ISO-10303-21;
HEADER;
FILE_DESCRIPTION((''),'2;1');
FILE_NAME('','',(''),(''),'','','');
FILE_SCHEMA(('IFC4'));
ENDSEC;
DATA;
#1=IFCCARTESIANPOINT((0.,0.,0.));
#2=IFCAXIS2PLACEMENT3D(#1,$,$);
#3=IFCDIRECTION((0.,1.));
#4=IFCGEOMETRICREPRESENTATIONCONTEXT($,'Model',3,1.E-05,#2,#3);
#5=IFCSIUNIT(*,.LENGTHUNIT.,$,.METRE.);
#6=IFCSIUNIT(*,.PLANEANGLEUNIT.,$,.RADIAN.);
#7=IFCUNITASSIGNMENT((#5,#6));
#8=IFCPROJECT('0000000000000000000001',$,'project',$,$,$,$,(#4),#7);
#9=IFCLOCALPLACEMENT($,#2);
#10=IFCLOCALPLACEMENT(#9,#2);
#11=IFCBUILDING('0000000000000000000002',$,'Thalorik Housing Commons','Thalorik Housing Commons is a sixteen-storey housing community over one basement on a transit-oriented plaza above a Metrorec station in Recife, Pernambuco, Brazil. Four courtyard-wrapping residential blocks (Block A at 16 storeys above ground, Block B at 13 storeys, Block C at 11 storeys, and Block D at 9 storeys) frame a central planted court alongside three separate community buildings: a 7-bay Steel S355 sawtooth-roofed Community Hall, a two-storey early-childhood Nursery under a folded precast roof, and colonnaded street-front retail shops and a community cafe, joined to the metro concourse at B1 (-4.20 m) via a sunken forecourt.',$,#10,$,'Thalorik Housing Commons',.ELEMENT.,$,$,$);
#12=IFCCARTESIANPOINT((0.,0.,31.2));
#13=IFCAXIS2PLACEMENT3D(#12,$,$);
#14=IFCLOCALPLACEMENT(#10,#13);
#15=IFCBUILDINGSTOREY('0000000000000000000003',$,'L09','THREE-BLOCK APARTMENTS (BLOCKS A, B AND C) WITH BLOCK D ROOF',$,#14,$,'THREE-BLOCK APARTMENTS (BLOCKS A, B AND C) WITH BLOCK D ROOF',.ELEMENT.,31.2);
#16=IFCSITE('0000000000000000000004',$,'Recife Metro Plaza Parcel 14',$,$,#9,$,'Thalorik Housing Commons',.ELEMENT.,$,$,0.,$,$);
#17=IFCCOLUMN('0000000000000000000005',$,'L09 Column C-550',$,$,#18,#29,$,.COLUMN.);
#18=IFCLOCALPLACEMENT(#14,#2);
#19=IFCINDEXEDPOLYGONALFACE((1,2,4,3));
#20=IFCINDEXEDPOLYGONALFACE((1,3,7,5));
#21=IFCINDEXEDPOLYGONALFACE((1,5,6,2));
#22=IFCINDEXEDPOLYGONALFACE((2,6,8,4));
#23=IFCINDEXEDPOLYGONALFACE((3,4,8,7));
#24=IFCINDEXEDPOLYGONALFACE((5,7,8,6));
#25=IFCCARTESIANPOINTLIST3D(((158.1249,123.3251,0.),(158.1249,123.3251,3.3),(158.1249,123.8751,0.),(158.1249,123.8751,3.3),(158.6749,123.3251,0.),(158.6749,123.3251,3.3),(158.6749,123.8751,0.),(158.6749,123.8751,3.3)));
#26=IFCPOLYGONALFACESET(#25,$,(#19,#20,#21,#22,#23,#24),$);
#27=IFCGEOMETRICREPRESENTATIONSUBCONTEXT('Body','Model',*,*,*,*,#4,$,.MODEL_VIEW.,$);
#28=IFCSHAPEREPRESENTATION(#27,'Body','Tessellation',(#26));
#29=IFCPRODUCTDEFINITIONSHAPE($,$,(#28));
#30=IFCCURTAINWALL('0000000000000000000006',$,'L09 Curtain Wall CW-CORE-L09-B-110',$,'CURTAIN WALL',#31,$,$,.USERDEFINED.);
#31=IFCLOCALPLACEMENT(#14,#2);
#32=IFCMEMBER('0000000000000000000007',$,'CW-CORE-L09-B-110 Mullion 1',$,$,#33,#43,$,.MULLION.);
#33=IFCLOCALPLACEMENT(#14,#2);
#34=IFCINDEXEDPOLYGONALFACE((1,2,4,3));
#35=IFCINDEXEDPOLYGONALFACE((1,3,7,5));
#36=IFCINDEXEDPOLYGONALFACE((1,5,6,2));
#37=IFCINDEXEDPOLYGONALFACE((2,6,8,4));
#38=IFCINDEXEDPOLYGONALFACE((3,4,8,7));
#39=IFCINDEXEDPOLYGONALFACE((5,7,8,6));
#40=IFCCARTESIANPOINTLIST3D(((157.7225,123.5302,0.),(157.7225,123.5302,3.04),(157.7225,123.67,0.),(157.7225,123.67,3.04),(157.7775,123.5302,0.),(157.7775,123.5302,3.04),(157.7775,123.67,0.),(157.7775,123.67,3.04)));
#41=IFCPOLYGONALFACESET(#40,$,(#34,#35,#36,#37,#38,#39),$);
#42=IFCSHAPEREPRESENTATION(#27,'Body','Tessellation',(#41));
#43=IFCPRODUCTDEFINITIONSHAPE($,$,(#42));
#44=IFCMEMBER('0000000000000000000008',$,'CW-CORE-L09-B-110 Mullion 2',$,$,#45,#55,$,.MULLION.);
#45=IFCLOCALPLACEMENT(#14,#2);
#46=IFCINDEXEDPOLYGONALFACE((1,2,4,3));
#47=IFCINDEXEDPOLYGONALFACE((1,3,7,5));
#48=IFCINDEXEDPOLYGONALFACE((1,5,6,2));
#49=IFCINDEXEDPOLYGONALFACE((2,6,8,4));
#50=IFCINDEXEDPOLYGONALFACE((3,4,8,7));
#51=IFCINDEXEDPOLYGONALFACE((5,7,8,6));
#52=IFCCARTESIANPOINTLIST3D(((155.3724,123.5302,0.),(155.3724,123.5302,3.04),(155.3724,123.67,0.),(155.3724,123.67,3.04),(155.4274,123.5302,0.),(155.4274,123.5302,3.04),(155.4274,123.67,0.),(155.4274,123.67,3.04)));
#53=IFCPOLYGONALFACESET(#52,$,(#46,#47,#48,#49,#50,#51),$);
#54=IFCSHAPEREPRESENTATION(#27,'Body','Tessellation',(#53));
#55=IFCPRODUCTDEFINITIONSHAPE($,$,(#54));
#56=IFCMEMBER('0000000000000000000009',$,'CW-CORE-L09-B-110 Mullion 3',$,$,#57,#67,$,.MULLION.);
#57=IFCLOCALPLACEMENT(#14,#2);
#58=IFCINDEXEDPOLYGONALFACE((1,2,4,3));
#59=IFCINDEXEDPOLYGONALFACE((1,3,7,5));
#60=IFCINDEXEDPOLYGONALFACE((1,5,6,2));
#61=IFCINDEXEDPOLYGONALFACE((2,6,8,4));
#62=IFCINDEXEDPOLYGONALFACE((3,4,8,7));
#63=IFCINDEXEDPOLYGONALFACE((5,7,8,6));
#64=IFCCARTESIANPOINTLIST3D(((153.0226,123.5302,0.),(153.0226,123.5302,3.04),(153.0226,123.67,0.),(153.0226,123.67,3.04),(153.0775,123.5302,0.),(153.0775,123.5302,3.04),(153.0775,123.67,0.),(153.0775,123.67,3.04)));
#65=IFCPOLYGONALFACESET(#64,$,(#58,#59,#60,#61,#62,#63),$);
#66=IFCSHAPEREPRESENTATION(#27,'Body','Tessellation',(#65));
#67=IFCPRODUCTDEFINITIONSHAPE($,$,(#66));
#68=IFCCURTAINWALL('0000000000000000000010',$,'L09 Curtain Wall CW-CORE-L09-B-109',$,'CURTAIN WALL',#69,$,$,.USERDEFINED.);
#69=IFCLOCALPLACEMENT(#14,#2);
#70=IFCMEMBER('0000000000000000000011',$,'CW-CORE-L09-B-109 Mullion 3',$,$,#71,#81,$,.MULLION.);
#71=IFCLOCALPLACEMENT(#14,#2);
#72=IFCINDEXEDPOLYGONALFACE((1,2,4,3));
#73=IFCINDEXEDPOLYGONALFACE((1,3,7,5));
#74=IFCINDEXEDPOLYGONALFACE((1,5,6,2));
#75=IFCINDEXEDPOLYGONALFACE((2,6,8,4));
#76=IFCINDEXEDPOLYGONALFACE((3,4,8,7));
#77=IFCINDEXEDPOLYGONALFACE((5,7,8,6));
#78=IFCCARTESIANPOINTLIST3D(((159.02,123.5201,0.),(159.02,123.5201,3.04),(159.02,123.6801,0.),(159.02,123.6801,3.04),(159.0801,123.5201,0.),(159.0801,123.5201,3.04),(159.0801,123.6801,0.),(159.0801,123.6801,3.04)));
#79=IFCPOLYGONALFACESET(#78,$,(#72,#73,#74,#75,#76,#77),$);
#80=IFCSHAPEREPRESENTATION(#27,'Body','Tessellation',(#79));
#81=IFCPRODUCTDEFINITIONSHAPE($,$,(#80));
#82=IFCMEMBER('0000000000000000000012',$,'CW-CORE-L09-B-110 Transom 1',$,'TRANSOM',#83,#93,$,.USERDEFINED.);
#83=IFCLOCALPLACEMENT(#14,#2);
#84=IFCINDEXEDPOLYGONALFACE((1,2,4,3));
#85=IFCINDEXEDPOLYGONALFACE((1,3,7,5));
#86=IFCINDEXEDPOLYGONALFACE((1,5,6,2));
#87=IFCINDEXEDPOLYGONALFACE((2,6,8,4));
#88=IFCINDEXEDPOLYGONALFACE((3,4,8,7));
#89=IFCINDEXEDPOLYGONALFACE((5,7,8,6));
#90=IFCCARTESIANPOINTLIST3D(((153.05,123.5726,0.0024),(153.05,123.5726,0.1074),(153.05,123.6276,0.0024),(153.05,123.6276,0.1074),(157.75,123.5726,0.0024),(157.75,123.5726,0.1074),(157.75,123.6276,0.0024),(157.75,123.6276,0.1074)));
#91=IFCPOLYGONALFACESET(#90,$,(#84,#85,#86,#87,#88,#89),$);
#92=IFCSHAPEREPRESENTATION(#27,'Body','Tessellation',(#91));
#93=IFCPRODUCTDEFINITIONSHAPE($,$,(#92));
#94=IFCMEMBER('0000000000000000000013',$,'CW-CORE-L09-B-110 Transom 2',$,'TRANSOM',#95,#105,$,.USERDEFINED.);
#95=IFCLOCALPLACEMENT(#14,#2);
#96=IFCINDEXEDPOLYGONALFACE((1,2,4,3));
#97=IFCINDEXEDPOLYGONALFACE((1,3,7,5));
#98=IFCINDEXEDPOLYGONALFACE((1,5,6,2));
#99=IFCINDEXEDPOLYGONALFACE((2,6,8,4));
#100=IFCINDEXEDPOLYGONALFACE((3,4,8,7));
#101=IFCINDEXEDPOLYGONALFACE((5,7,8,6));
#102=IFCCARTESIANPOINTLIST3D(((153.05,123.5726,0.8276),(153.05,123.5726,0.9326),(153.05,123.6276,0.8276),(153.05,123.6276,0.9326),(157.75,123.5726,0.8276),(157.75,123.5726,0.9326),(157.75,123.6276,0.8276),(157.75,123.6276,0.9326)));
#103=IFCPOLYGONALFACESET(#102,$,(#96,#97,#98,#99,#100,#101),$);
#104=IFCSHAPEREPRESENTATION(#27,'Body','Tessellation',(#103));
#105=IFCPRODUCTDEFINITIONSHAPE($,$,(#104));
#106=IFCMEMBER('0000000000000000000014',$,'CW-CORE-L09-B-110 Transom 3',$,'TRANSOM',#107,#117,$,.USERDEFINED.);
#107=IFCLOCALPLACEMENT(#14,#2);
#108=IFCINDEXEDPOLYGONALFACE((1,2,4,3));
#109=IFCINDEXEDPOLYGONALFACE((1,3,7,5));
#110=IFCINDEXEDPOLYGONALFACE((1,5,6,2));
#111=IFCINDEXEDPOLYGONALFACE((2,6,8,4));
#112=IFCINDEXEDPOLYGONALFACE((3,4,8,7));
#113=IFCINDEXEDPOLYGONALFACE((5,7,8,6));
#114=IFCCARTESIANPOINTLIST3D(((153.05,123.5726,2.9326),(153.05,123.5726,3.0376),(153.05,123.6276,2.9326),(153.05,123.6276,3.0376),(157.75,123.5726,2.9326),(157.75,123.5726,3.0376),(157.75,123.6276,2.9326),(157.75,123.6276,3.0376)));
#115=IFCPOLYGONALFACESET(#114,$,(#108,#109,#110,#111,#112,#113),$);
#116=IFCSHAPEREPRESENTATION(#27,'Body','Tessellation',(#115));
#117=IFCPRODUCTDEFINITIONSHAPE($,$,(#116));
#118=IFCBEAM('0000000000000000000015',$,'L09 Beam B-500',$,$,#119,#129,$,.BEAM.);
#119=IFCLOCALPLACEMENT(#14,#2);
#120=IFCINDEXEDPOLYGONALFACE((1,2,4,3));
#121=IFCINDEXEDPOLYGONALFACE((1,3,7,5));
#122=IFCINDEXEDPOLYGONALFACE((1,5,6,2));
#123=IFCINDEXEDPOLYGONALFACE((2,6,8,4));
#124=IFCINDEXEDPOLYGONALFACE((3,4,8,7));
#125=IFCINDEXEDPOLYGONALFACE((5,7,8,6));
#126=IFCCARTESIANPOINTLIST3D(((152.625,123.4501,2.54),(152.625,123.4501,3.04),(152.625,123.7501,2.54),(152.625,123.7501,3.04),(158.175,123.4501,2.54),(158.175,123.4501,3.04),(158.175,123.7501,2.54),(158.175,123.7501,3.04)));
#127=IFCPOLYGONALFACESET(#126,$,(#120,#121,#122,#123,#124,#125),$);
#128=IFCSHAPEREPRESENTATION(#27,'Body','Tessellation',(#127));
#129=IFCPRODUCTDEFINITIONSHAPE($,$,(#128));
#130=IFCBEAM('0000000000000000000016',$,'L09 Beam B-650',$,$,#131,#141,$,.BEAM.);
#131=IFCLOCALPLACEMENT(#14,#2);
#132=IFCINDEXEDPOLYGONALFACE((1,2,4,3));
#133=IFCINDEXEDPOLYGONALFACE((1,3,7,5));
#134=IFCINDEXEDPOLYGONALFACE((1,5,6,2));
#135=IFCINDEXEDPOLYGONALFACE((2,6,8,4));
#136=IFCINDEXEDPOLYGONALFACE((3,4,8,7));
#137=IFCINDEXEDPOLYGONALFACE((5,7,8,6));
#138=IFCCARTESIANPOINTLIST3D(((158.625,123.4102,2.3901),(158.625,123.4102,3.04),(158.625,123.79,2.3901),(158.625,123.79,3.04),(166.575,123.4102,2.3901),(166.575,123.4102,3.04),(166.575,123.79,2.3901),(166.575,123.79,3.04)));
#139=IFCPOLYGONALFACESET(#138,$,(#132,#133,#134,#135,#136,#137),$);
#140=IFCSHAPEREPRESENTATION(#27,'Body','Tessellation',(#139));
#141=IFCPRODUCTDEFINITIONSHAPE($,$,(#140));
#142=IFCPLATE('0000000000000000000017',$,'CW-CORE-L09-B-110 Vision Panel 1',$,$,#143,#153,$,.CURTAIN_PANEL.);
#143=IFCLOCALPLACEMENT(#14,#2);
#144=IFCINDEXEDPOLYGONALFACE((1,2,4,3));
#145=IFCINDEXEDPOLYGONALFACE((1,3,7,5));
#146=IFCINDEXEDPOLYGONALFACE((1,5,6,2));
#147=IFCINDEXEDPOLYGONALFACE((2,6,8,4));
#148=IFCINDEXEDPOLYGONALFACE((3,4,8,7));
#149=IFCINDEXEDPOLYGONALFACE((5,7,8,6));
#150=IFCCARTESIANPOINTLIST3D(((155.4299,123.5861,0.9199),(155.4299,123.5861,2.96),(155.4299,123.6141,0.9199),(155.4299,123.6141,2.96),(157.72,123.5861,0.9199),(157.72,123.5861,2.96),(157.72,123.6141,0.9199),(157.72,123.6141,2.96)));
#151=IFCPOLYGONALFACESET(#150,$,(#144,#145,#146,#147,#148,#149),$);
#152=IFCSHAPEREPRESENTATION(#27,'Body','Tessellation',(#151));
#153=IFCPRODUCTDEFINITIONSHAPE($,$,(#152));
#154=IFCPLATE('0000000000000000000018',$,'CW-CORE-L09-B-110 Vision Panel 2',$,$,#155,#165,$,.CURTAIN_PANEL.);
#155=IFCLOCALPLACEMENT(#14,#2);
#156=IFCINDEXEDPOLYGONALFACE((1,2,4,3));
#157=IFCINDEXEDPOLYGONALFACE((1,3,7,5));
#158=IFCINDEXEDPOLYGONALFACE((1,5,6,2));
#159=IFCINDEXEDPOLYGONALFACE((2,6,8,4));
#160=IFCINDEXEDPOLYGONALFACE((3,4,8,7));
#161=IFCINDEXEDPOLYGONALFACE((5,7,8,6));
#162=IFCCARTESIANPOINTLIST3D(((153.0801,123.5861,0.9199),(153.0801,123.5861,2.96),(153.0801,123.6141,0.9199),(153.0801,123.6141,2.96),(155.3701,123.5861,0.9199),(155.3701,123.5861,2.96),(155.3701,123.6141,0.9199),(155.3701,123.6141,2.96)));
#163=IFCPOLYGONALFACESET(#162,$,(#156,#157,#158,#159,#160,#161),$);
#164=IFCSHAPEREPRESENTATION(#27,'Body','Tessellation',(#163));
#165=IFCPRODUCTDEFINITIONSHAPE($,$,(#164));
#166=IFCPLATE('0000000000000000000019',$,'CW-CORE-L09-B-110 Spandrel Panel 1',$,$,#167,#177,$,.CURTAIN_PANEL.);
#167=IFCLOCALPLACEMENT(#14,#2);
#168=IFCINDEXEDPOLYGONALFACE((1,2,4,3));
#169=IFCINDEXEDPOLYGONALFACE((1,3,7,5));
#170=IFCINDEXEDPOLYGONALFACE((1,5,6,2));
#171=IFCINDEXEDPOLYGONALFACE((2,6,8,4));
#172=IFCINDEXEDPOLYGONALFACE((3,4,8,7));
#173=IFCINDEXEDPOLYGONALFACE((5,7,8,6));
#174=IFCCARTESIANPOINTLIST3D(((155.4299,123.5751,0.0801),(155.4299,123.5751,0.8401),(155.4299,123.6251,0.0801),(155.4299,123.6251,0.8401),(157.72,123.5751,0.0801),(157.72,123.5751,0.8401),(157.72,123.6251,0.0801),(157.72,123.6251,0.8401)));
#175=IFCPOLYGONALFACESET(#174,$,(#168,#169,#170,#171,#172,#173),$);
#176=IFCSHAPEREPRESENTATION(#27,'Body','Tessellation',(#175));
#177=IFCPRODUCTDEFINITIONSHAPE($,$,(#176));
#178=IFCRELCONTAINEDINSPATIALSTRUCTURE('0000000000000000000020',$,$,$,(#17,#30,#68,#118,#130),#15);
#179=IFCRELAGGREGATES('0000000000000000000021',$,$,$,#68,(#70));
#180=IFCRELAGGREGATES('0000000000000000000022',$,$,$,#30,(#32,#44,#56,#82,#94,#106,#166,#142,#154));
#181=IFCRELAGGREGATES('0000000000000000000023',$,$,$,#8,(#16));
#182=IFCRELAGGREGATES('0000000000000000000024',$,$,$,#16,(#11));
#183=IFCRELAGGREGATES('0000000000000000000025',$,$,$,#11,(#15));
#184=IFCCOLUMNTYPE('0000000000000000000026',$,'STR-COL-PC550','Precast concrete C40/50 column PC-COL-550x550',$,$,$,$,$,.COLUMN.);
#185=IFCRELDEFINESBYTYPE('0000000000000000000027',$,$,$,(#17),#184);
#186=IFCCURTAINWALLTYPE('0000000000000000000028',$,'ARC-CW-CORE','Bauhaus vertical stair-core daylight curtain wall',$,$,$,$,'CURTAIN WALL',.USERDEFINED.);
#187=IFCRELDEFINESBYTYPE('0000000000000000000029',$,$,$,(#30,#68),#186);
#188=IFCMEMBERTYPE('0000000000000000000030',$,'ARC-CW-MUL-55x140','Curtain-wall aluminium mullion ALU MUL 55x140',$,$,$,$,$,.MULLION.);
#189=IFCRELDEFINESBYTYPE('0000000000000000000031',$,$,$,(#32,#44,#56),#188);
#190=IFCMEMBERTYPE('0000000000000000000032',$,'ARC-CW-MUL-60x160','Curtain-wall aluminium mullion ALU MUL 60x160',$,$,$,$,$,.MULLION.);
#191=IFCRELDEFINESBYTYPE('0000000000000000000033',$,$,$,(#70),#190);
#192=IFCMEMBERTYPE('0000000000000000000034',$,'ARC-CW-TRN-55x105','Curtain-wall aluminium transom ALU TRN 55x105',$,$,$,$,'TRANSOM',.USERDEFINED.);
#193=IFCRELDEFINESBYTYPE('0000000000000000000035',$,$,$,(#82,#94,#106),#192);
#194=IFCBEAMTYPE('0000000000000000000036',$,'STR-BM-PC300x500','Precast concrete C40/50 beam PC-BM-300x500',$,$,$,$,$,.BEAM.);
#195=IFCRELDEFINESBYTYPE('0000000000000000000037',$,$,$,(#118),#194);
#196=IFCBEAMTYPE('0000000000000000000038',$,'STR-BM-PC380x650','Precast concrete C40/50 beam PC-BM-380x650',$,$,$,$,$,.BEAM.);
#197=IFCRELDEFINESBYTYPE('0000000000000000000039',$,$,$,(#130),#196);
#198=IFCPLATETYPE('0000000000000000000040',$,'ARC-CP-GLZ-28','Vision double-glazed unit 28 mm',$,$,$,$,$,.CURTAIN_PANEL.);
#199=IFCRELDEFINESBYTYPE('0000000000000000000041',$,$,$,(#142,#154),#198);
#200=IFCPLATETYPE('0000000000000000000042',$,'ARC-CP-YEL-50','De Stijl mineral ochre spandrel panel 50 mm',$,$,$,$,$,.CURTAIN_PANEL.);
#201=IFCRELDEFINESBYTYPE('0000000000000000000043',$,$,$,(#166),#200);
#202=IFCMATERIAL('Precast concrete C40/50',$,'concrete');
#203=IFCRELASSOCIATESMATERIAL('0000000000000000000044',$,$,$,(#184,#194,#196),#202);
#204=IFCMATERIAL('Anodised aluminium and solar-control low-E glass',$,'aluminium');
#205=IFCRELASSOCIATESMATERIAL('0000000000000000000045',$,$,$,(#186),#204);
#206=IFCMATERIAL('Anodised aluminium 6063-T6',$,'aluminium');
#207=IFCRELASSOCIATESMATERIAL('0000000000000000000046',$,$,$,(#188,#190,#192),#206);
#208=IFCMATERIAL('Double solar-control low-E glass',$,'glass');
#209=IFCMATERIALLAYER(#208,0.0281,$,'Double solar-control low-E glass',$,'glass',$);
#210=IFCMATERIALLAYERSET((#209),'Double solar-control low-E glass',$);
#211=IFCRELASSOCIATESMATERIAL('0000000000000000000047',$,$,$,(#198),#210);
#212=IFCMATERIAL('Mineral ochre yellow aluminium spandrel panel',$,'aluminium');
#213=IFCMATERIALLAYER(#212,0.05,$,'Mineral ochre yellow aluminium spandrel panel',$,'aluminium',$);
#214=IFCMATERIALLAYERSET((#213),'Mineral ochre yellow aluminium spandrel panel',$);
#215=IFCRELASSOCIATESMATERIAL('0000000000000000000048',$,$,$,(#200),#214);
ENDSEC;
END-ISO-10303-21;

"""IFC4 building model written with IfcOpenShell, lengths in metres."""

from ifc_helpers import new_model, si_unit, direction, frame, origin, origin_2d, place, context, subcontext, project, spatial, rectangle, extrude, material, layer, layer_set, material_profile, profile_set, type_object, element, aggregate, save


model = new_model("IFC4")

# Units and contexts
model_context = context("Model", 3, precision=1e-05, world=origin(), true_north=direction((0.0, 1.0)))
body_context = subcontext(model_context, "Body", "Model", "MODEL_VIEW")
ifc_project = project(units=[si_unit("LENGTHUNIT", "METRE"), si_unit("PLANEANGLEUNIT", "RADIAN")], contexts=[model_context])

# Site, building, storey
site_placement = place(None, origin())
site = spatial("IfcSite", under=ifc_project, at=site_placement, Name="Recife Metro Plaza Parcel 14", LongName="Thalorik Housing Commons", CompositionType="ELEMENT", RefElevation=0.0)
building_placement = place(site_placement, origin())
building = spatial("IfcBuilding", under=site, at=building_placement, Name="Thalorik Housing Commons", Description="Thalorik Housing Commons is a sixteen-storey housing community over one basement on a transit-oriented plaza above a Metrorec station in Recife, Pernambuco, Brazil. Four courtyard-wrapping residential blocks (Block A at 16 storeys above ground, Block B at 13 storeys, Block C at 11 storeys, and Block D at 9 storeys) frame a central planted court alongside three separate community buildings: a 7-bay Steel S355 sawtooth-roofed Community Hall, a two-storey early-childhood Nursery under a folded precast roof, and colonnaded street-front retail shops and a community cafe, joined to the metro concourse at B1 (-4.20 m) via a sunken forecourt.", LongName="Thalorik Housing Commons", CompositionType="ELEMENT")
storey_placement = place(building_placement, frame((0.0, 0.0, 31.2)))
storey = spatial("IfcBuildingStorey", under=building, at=storey_placement, Name="L09", Description="THREE-BLOCK APARTMENTS (BLOCKS A, B AND C) WITH BLOCK D ROOF", LongName="THREE-BLOCK APARTMENTS (BLOCKS A, B AND C) WITH BLOCK D ROOF", CompositionType="ELEMENT", Elevation=31.2)

# Column
ifc_material_1 = material(Name="Precast concrete C40/50", Category="concrete")
ifc_material_profile_1 = material_profile(ifc_material_1, rectangle(XDim=0.55, YDim=0.55, at=origin_2d()), Name="PC 550x550", Category="concrete")
ifc_profile_set_1 = profile_set([ifc_material_profile_1], Name="Precast concrete C40/50")
column_type = type_object("IfcColumnType", Name="STR-COL-PC550", Description="Precast concrete C40/50 column PC-COL-550x550", PredefinedType="COLUMN", material=ifc_profile_set_1)
column_placement = place(storey_placement, frame((158.3999, 123.6001, 0.0), z_axis=(0.0, 0.0, 1.0), x_axis=(1.0, 0.0, 0.0)))
element("IfcColumn", 1, at=column_placement, inside=storey, type_object=column_type, Name="L09 Column C-550", PredefinedType="COLUMN", context=body_context, shape_type="SweptSolid", body=[
    extrude(rectangle(XDim=0.55, YDim=0.55, at=origin_2d()), origin(), (0.0, 0.0, 1.0), 3.3),
])

# Curtain wall, members
ifc_material_2 = material(Name="Anodised aluminium and solar-control low-E glass", Category="aluminium")
curtain_wall_type = type_object("IfcCurtainWallType", Name="ARC-CW-CORE", Description="Bauhaus vertical stair-core daylight curtain wall", ElementType="CURTAIN WALL", PredefinedType="USERDEFINED", material=ifc_material_2)
curtain_wall_1_placement = place(storey_placement, origin())
curtain_wall_1 = element("IfcCurtainWall", 2, at=curtain_wall_1_placement, inside=storey, type_object=curtain_wall_type, Name="L09 Curtain Wall CW-CORE-L09-B-110", ObjectType="CURTAIN WALL", PredefinedType="USERDEFINED")
ifc_material_3 = material(Name="Anodised aluminium 6063-T6", Category="aluminium")
ifc_material_profile_2 = material_profile(ifc_material_3, rectangle(XDim=0.0549, YDim=0.1399, at=origin_2d()), Name="ALU MUL 55x140", Category="aluminium")
ifc_profile_set_2 = profile_set([ifc_material_profile_2], Name="Anodised aluminium 6063-T6")
member_type_1 = type_object("IfcMemberType", Name="ARC-CW-MUL-55x140", Description="Curtain-wall aluminium mullion ALU MUL 55x140", PredefinedType="MULLION", material=ifc_profile_set_2)
member_1_placement = place(storey_placement, frame((157.75, 123.6001, 0.0), z_axis=(0.0, 0.0, 1.0), x_axis=(-1.0, 0.0, 0.0)))
member_1 = element("IfcMember", 3, at=member_1_placement, type_object=member_type_1, Name="CW-CORE-L09-B-110 Mullion 1", PredefinedType="MULLION", context=body_context, shape_type="SweptSolid", body=[
    extrude(rectangle(XDim=0.0549, YDim=0.1399, at=origin_2d()), origin(), (0.0, 0.0, 1.0), 3.04),
])
member_2_placement = place(storey_placement, frame((155.3999, 123.6001, 0.0), z_axis=(0.0, 0.0, 1.0), x_axis=(-1.0, 0.0, 0.0)))
member_2 = element("IfcMember", 4, at=member_2_placement, type_object=member_type_1, Name="CW-CORE-L09-B-110 Mullion 2", PredefinedType="MULLION", context=body_context, shape_type="SweptSolid", body=[
    extrude(rectangle(XDim=0.0549, YDim=0.1399, at=origin_2d()), origin(), (0.0, 0.0, 1.0), 3.04),
])
member_3_placement = place(storey_placement, frame((153.05, 123.6001, 0.0), z_axis=(0.0, 0.0, 1.0), x_axis=(-1.0, 0.0, 0.0)))
member_3 = element("IfcMember", 5, at=member_3_placement, type_object=member_type_1, Name="CW-CORE-L09-B-110 Mullion 3", PredefinedType="MULLION", context=body_context, shape_type="SweptSolid", body=[
    extrude(rectangle(XDim=0.0549, YDim=0.1399, at=origin_2d()), origin(), (0.0, 0.0, 1.0), 3.04),
])

# Curtain wall, member
curtain_wall_2_placement = place(storey_placement, origin())
curtain_wall_2 = element("IfcCurtainWall", 6, at=curtain_wall_2_placement, inside=storey, type_object=curtain_wall_type, Name="L09 Curtain Wall CW-CORE-L09-B-109", ObjectType="CURTAIN WALL", PredefinedType="USERDEFINED")
ifc_material_profile_3 = material_profile(ifc_material_3, rectangle(XDim=0.0601, YDim=0.1599, at=origin_2d()), Name="ALU MUL 60x160", Category="aluminium")
ifc_profile_set_3 = profile_set([ifc_material_profile_3], Name="Anodised aluminium 6063-T6")
member_type_2 = type_object("IfcMemberType", Name="ARC-CW-MUL-60x160", Description="Curtain-wall aluminium mullion ALU MUL 60x160", PredefinedType="MULLION", material=ifc_profile_set_3)
member_4_placement = place(storey_placement, frame((159.05, 123.6001, 0.0), z_axis=(0.0, 0.0, 1.0), x_axis=(-1.0, 0.0, 0.0)))
member_4 = element("IfcMember", 7, at=member_4_placement, type_object=member_type_2, Name="CW-CORE-L09-B-109 Mullion 3", PredefinedType="MULLION", context=body_context, shape_type="SweptSolid", body=[
    extrude(rectangle(XDim=0.0601, YDim=0.1599, at=origin_2d()), origin(), (0.0, 0.0, 1.0), 3.04),
])
aggregate(curtain_wall_2, [member_4])

# Members
ifc_material_profile_4 = material_profile(ifc_material_3, rectangle(XDim=0.0549, YDim=0.105, at=origin_2d()), Name="ALU TRN 55x105", Category="aluminium")
ifc_profile_set_4 = profile_set([ifc_material_profile_4], Name="Anodised aluminium 6063-T6")
member_type_3 = type_object("IfcMemberType", Name="ARC-CW-TRN-55x105", Description="Curtain-wall aluminium transom ALU TRN 55x105", ElementType="TRANSOM", PredefinedType="USERDEFINED", material=ifc_profile_set_4)
member_5_placement = place(storey_placement, frame((157.75, 123.6001, 0.0549), z_axis=(-1.0, 0.0, 0.0), x_axis=(0.0, -1.0, 0.0)))
member_5 = element("IfcMember", 8, at=member_5_placement, type_object=member_type_3, Name="CW-CORE-L09-B-110 Transom 1", ObjectType="TRANSOM", PredefinedType="USERDEFINED", context=body_context, shape_type="SweptSolid", body=[
    extrude(rectangle(XDim=0.0549, YDim=0.105, at=origin_2d()), origin(), (0.0, 0.0, 1.0), 4.7),
])
member_6_placement = place(storey_placement, frame((157.75, 123.6001, 0.8801), z_axis=(-1.0, 0.0, 0.0), x_axis=(0.0, -1.0, 0.0)))
member_6 = element("IfcMember", 9, at=member_6_placement, type_object=member_type_3, Name="CW-CORE-L09-B-110 Transom 2", ObjectType="TRANSOM", PredefinedType="USERDEFINED", context=body_context, shape_type="SweptSolid", body=[
    extrude(rectangle(XDim=0.0549, YDim=0.105, at=origin_2d()), origin(), (0.0, 0.0, 1.0), 4.7),
])
member_7_placement = place(storey_placement, frame((157.75, 123.6001, 2.9851), z_axis=(-1.0, 0.0, 0.0), x_axis=(0.0, -1.0, 0.0)))
member_7 = element("IfcMember", 10, at=member_7_placement, type_object=member_type_3, Name="CW-CORE-L09-B-110 Transom 3", ObjectType="TRANSOM", PredefinedType="USERDEFINED", context=body_context, shape_type="SweptSolid", body=[
    extrude(rectangle(XDim=0.0549, YDim=0.105, at=origin_2d()), origin(), (0.0, 0.0, 1.0), 4.7),
])

# Beams
ifc_material_profile_5 = material_profile(ifc_material_1, rectangle(XDim=0.3, YDim=0.5, at=origin_2d()), Name="PC 300x500", Category="concrete")
ifc_profile_set_5 = profile_set([ifc_material_profile_5], Name="Precast concrete C40/50")
beam_type_1 = type_object("IfcBeamType", Name="STR-BM-PC300x500", Description="Precast concrete C40/50 beam PC-BM-300x500", PredefinedType="BEAM", material=ifc_profile_set_5)
beam_1_placement = place(storey_placement, frame((152.625, 123.6001, 2.79), z_axis=(1.0, 0.0, 0.0), x_axis=(0.0, 1.0, 0.0)))
element("IfcBeam", 11, at=beam_1_placement, inside=storey, type_object=beam_type_1, Name="L09 Beam B-500", PredefinedType="BEAM", context=body_context, shape_type="SweptSolid", body=[
    extrude(rectangle(XDim=0.3, YDim=0.5, at=origin_2d()), origin(), (0.0, 0.0, 1.0), 5.55),
])
ifc_material_profile_6 = material_profile(ifc_material_1, rectangle(XDim=0.3799, YDim=0.6499, at=origin_2d()), Name="PC 380x650", Category="concrete")
ifc_profile_set_6 = profile_set([ifc_material_profile_6], Name="Precast concrete C40/50")
beam_type_2 = type_object("IfcBeamType", Name="STR-BM-PC380x650", Description="Precast concrete C40/50 beam PC-BM-380x650", PredefinedType="BEAM", material=ifc_profile_set_6)
beam_2_placement = place(storey_placement, frame((158.625, 123.6001, 2.7151), z_axis=(1.0, 0.0, 0.0), x_axis=(0.0, 1.0, 0.0)))
element("IfcBeam", 12, at=beam_2_placement, inside=storey, type_object=beam_type_2, Name="L09 Beam B-650", PredefinedType="BEAM", context=body_context, shape_type="SweptSolid", body=[
    extrude(rectangle(XDim=0.3799, YDim=0.6499, at=origin_2d()), origin(), (0.0, 0.0, 1.0), 7.95),
])

# Plates
ifc_material_4 = material(Name="Double solar-control low-E glass", Category="glass")
ifc_layer_1 = layer(ifc_material_4, 0.0281, Name="Double solar-control low-E glass", Category="glass")
ifc_layer_set_1 = layer_set([ifc_layer_1], Name="Double solar-control low-E glass")
plate_type_1 = type_object("IfcPlateType", Name="ARC-CP-GLZ-28", Description="Vision double-glazed unit 28 mm", PredefinedType="CURTAIN_PANEL", material=ifc_layer_set_1)
plate_1_placement = place(storey_placement, frame((156.575, 123.6001, 0.9199), z_axis=(0.0, 0.0, 1.0), x_axis=(-1.0, 0.0, 0.0)))
plate_1 = element("IfcPlate", 13, at=plate_1_placement, type_object=plate_type_1, Name="CW-CORE-L09-B-110 Vision Panel 1", PredefinedType="CURTAIN_PANEL", context=body_context, shape_type="SweptSolid", body=[
    extrude(rectangle(XDim=2.29, YDim=0.0281, at=origin_2d()), origin(), (0.0, 0.0, 1.0), 2.04),
])
plate_2_placement = place(storey_placement, frame((154.2251, 123.6001, 0.9199), z_axis=(0.0, 0.0, 1.0), x_axis=(-1.0, 0.0, 0.0)))
plate_2 = element("IfcPlate", 14, at=plate_2_placement, type_object=plate_type_1, Name="CW-CORE-L09-B-110 Vision Panel 2", PredefinedType="CURTAIN_PANEL", context=body_context, shape_type="SweptSolid", body=[
    extrude(rectangle(XDim=2.29, YDim=0.0281, at=origin_2d()), origin(), (0.0, 0.0, 1.0), 2.04),
])
ifc_material_5 = material(Name="Mineral ochre yellow aluminium spandrel panel", Category="aluminium")
ifc_layer_2 = layer(ifc_material_5, 0.05, Name="Mineral ochre yellow aluminium spandrel panel", Category="aluminium")
ifc_layer_set_2 = layer_set([ifc_layer_2], Name="Mineral ochre yellow aluminium spandrel panel")
plate_type_2 = type_object("IfcPlateType", Name="ARC-CP-YEL-50", Description="De Stijl mineral ochre spandrel panel 50 mm", PredefinedType="CURTAIN_PANEL", material=ifc_layer_set_2)
plate_3_placement = place(storey_placement, frame((156.575, 123.6001, 0.0801), z_axis=(0.0, 0.0, 1.0), x_axis=(-1.0, 0.0, 0.0)))
plate_3 = element("IfcPlate", 15, at=plate_3_placement, type_object=plate_type_2, Name="CW-CORE-L09-B-110 Spandrel Panel 1", PredefinedType="CURTAIN_PANEL", context=body_context, shape_type="SweptSolid", body=[
    extrude(rectangle(XDim=2.29, YDim=0.05, at=origin_2d()), origin(), (0.0, 0.0, 1.0), 0.76),
])
aggregate(curtain_wall_1, [member_1, member_2, member_3, member_5, member_6, member_7, plate_3, plate_1, plate_2])

save(model, "model.ifc")
